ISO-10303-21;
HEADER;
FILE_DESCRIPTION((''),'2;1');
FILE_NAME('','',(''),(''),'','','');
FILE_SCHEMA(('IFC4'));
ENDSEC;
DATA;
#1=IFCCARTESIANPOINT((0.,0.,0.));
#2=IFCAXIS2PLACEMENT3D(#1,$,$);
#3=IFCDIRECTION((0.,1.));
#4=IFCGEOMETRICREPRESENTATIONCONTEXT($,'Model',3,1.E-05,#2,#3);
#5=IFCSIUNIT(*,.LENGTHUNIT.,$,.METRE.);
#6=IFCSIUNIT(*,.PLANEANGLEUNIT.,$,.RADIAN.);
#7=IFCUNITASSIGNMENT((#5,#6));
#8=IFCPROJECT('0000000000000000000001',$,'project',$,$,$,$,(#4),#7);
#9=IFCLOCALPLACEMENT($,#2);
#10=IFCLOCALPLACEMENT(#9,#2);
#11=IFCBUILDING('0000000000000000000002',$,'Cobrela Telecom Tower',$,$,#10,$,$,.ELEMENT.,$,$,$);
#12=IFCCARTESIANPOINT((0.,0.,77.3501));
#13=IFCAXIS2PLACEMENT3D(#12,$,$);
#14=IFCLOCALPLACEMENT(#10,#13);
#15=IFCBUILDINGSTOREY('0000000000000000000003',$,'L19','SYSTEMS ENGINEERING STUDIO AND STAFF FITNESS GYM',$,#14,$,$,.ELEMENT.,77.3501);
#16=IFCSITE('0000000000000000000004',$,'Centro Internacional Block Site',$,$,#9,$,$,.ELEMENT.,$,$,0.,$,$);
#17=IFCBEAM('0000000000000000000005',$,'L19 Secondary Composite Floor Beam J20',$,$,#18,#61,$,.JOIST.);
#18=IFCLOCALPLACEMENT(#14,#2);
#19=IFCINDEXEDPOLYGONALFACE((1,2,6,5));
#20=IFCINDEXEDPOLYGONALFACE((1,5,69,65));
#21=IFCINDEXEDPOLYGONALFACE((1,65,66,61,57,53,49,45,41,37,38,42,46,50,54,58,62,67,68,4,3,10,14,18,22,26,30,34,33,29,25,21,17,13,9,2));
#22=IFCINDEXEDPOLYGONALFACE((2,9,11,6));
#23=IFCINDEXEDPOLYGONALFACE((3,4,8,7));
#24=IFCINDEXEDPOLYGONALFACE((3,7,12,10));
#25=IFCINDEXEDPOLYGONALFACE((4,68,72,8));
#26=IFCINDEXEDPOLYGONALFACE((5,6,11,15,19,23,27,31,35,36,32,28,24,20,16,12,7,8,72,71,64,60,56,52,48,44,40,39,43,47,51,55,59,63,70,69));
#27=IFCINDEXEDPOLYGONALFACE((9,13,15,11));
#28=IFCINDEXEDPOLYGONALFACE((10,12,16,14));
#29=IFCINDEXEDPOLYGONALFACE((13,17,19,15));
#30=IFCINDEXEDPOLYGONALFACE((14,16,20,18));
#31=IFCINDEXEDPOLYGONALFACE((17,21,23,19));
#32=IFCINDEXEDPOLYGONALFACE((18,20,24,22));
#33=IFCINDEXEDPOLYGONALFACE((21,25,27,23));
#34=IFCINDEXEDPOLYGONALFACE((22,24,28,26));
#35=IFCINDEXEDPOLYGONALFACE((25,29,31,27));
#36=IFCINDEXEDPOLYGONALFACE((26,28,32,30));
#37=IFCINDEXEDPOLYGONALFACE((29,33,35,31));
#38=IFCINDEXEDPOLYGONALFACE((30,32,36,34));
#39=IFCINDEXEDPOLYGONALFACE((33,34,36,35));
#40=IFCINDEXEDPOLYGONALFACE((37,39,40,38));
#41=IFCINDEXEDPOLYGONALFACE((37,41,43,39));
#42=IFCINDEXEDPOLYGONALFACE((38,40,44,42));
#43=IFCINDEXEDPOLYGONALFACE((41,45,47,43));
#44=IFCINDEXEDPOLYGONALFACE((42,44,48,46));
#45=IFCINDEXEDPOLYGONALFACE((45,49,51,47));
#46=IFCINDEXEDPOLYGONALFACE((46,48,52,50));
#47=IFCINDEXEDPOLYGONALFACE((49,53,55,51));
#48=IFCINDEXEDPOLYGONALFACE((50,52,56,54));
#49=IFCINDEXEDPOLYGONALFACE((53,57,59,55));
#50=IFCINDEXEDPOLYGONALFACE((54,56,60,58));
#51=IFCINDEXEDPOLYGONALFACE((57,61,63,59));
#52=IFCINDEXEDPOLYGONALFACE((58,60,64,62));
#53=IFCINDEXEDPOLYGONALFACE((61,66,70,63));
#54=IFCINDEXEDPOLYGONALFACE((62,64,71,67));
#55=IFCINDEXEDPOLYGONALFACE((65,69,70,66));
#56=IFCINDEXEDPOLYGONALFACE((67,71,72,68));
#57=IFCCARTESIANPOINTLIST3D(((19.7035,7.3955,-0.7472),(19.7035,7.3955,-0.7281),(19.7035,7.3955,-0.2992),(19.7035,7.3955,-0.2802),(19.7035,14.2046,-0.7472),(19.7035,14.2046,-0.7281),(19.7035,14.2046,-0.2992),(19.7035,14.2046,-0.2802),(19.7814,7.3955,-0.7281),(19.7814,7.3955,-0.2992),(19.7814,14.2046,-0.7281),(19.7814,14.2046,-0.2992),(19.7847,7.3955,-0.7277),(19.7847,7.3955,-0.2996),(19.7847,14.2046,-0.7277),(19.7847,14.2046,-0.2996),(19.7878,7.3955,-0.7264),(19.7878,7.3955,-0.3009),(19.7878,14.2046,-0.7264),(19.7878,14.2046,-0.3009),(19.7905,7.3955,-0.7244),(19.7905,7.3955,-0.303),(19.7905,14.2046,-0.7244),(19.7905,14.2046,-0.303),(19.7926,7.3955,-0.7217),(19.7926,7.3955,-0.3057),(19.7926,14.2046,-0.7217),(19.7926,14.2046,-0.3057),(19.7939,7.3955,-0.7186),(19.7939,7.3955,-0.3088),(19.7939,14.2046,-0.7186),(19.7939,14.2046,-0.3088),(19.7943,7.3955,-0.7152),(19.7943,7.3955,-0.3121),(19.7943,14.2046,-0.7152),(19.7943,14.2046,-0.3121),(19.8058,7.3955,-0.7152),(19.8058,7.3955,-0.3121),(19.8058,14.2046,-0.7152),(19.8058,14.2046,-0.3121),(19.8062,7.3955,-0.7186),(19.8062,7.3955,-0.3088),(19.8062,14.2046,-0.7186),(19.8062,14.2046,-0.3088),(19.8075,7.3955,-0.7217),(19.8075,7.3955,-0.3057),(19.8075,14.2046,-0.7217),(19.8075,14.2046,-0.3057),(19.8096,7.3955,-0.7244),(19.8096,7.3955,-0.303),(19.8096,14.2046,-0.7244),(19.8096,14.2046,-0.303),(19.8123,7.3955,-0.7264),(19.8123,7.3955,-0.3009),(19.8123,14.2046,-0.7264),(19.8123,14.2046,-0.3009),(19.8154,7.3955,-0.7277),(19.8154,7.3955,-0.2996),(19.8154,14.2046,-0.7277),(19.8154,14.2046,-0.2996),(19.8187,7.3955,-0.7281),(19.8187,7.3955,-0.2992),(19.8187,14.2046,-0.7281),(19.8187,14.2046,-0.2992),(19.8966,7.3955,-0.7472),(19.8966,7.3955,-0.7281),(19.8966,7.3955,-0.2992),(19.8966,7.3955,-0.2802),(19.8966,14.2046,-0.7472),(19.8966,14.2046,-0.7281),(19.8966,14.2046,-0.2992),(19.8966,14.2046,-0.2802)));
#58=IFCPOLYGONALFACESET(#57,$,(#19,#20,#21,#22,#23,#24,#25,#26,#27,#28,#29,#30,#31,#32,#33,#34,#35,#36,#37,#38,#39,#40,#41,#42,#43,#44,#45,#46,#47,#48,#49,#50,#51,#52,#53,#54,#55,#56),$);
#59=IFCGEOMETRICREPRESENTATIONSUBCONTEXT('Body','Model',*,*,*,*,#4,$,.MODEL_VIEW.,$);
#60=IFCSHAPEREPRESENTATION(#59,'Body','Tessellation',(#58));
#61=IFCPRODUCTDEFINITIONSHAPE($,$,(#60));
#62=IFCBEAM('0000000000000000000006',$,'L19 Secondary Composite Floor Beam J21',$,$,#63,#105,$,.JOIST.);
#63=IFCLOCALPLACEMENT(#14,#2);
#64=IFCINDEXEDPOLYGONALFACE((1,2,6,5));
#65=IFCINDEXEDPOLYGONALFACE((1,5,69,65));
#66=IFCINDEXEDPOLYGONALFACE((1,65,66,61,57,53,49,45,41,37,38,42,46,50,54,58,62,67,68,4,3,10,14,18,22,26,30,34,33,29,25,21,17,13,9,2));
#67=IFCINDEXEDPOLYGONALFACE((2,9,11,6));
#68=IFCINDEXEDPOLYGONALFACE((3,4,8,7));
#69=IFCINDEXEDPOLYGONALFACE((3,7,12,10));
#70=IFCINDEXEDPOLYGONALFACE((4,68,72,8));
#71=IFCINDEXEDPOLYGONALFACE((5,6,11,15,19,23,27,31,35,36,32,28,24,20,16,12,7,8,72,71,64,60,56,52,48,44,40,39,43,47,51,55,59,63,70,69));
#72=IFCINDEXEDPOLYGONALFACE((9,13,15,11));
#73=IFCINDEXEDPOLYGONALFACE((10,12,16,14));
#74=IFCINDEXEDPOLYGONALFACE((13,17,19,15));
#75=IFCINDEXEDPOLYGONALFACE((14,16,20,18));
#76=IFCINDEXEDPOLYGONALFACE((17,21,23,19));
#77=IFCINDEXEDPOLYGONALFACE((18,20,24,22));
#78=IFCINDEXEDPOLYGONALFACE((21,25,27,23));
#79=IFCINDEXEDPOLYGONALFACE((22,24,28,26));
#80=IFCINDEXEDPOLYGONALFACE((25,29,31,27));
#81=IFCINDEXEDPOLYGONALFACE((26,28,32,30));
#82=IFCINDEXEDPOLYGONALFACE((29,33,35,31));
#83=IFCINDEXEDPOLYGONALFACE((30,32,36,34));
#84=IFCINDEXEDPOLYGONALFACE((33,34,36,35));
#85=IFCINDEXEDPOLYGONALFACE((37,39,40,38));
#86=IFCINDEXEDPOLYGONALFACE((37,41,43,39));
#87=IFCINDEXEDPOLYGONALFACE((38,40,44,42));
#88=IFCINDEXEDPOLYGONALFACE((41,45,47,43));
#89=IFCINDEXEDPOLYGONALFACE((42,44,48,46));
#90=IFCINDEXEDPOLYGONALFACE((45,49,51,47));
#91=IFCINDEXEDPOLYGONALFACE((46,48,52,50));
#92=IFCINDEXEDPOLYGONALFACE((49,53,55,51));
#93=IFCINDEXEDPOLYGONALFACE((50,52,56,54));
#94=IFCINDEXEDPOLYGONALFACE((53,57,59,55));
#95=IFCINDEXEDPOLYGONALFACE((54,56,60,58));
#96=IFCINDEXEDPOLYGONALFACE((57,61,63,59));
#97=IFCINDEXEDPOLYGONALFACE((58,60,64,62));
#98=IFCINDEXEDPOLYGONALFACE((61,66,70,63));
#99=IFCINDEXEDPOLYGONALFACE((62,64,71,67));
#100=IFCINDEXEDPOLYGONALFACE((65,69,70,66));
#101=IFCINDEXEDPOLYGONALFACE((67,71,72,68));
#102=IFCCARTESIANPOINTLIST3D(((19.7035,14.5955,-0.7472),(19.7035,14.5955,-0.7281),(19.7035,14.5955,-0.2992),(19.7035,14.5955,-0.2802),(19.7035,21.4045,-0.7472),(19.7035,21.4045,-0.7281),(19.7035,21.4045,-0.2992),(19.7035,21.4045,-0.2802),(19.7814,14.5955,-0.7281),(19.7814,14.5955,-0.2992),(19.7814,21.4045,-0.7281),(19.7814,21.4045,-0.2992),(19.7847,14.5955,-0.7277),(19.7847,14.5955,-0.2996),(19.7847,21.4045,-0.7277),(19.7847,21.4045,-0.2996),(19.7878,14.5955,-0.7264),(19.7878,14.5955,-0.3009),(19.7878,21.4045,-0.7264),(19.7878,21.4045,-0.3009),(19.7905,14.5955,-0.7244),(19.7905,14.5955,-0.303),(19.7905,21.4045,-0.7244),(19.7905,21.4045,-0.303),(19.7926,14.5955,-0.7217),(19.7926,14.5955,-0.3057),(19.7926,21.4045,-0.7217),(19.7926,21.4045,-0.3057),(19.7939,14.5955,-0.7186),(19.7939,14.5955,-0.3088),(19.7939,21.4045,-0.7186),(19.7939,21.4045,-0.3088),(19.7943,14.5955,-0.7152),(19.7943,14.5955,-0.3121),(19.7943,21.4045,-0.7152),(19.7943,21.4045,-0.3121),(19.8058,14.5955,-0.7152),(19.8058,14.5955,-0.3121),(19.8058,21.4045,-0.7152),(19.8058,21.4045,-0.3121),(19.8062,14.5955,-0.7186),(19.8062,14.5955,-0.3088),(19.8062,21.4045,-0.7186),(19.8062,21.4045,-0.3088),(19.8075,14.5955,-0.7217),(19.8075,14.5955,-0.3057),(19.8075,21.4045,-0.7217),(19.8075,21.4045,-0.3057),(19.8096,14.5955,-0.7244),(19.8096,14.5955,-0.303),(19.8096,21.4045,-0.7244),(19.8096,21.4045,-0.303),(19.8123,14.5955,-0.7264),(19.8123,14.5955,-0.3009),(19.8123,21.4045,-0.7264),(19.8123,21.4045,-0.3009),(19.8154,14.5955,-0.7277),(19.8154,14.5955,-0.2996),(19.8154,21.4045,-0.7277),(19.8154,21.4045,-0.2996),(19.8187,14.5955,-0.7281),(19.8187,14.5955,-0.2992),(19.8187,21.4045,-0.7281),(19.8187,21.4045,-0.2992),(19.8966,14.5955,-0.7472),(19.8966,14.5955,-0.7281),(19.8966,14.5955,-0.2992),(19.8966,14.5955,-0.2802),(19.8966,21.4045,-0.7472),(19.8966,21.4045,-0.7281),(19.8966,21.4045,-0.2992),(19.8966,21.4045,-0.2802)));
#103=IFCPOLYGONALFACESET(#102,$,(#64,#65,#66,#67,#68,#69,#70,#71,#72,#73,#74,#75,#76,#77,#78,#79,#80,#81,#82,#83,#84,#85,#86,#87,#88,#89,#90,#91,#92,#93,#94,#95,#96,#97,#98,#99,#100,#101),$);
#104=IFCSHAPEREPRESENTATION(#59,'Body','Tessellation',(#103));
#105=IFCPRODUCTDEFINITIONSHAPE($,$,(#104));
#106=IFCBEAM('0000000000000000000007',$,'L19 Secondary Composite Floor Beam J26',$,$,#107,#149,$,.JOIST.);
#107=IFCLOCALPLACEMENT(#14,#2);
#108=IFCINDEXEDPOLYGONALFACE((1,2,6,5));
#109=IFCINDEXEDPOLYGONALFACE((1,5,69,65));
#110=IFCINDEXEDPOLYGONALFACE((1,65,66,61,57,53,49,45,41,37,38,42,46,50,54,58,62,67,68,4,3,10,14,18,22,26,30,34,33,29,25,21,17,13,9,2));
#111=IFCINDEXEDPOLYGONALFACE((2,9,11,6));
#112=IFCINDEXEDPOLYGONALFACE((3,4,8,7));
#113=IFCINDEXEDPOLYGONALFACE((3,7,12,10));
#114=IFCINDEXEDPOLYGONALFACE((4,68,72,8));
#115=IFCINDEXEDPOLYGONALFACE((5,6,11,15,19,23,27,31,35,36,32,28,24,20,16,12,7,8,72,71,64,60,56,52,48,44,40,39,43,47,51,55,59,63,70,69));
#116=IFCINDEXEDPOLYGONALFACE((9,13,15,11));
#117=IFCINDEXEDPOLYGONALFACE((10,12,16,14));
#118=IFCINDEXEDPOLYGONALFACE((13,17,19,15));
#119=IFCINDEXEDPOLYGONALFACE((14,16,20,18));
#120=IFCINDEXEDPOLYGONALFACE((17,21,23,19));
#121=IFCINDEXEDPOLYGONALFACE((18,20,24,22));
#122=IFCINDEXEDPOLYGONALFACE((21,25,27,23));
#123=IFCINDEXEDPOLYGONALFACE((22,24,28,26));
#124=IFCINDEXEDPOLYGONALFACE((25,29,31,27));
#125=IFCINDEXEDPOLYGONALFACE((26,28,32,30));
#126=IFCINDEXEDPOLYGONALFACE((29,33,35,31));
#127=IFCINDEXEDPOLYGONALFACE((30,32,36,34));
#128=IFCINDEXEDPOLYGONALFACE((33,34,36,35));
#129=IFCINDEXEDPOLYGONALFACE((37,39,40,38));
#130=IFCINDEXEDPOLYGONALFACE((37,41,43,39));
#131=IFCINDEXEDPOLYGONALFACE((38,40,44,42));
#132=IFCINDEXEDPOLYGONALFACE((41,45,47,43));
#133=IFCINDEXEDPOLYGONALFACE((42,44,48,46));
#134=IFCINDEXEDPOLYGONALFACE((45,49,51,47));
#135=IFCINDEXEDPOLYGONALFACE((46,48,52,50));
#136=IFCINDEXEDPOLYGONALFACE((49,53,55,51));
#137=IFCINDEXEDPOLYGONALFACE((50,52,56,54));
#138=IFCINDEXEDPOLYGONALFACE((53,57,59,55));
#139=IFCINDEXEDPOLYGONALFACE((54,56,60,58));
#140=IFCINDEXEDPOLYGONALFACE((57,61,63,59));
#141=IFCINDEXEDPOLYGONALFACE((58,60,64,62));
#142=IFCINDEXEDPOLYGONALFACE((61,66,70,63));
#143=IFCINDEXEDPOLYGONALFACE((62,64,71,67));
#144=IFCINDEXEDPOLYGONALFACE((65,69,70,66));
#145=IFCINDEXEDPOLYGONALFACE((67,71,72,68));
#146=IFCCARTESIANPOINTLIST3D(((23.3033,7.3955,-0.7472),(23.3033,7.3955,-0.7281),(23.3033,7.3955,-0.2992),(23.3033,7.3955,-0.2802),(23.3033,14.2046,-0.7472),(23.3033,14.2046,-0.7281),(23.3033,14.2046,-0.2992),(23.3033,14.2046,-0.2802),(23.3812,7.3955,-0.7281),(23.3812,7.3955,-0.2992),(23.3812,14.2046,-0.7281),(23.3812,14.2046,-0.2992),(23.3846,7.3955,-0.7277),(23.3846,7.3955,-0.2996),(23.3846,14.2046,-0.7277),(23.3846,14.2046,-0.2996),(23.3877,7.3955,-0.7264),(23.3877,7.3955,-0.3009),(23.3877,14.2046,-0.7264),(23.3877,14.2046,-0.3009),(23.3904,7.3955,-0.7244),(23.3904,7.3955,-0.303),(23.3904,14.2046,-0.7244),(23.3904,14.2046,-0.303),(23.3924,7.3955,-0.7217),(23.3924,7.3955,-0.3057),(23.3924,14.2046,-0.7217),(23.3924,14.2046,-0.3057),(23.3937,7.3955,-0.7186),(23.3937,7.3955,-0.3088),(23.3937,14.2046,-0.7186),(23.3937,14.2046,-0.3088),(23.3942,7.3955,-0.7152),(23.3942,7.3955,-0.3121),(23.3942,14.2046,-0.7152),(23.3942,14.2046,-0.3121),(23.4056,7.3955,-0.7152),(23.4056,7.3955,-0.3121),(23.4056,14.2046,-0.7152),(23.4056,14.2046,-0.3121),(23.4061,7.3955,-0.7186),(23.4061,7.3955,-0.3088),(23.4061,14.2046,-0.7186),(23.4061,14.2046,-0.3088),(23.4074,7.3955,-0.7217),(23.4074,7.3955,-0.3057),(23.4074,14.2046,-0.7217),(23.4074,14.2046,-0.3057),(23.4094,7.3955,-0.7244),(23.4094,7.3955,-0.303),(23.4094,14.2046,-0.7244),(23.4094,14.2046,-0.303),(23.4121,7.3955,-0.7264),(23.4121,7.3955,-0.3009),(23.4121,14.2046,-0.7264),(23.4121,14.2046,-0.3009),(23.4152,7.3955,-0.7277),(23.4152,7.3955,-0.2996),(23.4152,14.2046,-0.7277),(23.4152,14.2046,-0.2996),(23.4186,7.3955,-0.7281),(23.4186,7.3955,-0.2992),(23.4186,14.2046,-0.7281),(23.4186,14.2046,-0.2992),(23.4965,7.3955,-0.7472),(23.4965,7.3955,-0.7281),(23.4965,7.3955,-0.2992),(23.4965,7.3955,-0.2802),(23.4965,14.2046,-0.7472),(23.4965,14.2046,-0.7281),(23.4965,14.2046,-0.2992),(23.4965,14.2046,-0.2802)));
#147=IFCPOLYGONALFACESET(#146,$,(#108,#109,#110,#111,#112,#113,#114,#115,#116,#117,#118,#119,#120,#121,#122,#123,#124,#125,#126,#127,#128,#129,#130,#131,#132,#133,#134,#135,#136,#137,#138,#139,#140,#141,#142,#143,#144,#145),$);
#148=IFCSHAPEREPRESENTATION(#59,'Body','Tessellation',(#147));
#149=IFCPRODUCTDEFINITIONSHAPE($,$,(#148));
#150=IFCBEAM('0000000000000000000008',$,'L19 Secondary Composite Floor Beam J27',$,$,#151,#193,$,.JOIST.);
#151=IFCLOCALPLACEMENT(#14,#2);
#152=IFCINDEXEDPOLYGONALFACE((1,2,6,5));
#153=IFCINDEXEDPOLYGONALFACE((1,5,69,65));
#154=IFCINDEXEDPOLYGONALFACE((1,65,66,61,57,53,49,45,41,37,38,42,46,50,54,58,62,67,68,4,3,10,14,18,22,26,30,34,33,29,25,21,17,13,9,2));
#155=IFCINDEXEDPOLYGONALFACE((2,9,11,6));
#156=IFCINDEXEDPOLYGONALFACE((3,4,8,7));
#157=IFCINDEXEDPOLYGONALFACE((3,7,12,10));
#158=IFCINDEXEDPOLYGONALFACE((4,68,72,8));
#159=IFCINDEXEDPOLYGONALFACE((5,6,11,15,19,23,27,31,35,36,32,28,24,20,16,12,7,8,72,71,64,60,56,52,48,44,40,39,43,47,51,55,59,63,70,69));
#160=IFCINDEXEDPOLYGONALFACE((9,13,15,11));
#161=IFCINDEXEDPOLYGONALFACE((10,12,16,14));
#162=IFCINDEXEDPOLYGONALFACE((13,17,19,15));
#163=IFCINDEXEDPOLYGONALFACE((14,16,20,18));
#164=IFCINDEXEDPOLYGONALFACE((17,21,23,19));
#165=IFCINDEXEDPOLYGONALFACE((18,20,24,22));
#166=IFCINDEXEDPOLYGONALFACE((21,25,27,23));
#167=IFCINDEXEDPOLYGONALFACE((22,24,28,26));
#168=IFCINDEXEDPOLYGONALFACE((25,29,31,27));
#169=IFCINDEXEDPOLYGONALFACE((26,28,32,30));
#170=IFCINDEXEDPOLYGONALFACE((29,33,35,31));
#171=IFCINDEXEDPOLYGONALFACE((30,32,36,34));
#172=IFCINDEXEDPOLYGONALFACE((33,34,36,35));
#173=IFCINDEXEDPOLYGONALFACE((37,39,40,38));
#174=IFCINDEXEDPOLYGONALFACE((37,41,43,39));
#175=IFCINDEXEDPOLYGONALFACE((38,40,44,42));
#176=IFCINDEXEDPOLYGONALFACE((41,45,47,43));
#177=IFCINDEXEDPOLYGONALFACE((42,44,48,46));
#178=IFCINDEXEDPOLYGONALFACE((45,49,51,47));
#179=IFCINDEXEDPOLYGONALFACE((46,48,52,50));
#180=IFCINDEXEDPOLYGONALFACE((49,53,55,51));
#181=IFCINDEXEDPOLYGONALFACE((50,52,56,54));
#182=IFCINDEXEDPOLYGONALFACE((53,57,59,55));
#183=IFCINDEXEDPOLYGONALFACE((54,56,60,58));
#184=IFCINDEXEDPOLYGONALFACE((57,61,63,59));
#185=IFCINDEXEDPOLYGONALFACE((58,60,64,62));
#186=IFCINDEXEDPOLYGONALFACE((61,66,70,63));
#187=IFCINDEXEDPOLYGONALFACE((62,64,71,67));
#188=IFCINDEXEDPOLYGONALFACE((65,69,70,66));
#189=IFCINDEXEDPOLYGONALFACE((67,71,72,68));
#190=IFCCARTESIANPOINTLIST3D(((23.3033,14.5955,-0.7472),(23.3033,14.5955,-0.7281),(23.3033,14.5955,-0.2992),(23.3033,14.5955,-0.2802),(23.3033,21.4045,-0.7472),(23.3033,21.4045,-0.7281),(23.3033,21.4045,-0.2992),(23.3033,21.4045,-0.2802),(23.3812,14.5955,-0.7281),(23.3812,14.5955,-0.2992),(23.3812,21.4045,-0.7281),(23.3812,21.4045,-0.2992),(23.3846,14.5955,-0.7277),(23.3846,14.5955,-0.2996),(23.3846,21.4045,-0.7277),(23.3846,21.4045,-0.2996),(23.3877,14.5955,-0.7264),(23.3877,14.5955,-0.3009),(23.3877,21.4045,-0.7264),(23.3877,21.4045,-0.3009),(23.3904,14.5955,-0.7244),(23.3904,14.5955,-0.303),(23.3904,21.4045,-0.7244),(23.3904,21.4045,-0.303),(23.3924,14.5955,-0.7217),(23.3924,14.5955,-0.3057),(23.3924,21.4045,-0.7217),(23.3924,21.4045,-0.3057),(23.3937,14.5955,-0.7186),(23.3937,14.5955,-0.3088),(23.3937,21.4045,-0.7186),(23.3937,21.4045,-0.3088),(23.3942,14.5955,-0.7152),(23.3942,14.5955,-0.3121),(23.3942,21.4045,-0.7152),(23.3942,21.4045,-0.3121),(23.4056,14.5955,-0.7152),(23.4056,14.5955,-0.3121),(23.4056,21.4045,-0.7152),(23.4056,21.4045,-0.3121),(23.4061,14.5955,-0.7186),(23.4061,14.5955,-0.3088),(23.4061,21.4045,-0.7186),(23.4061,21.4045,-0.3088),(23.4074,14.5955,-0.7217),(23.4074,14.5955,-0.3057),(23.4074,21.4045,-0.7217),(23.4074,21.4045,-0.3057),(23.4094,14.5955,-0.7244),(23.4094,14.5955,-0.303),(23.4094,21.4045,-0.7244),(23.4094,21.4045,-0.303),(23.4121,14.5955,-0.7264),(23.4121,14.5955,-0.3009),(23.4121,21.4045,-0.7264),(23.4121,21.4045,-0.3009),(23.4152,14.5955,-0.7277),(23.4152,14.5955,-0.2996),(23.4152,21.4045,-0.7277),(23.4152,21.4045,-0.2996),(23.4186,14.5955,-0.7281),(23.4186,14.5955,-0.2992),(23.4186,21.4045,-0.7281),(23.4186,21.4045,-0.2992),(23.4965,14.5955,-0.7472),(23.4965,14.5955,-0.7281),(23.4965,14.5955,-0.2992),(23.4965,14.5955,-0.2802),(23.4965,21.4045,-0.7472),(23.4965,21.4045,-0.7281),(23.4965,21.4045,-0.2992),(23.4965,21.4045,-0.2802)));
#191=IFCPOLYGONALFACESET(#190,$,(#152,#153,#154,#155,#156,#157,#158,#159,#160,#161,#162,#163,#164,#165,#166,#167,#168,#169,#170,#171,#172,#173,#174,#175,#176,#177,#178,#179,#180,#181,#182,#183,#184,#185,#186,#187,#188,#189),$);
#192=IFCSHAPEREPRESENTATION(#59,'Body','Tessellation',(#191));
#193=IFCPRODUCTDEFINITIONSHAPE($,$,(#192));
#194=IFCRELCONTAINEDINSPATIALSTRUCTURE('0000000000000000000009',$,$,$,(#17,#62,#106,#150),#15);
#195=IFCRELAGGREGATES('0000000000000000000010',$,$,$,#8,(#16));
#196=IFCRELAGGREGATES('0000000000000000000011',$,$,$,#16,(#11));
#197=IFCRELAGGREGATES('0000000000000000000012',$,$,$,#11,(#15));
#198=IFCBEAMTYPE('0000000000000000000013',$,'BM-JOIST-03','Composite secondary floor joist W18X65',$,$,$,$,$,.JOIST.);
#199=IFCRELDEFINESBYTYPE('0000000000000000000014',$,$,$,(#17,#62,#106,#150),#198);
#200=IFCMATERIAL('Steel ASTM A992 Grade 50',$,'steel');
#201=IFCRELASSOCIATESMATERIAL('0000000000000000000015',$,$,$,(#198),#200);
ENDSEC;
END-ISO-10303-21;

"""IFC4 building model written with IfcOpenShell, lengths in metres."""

from ifc_helpers import new_model, si_unit, direction, frame, origin, origin_2d, place, context, subcontext, project, spatial, i_section, extrude, material, material_profile, profile_set, type_object, element, save


model = new_model("IFC4")

# Units and contexts
model_context = context("Model", 3, precision=1e-05, world=origin(), true_north=direction((0.0, 1.0)))
body_context = subcontext(model_context, "Body", "Model", "MODEL_VIEW")
ifc_project = project(units=[si_unit("LENGTHUNIT", "METRE"), si_unit("PLANEANGLEUNIT", "RADIAN")], contexts=[model_context])

# Site, building, storey
site_placement = place(None, origin())
site = spatial("IfcSite", under=ifc_project, at=site_placement, Name="Centro Internacional Block Site", CompositionType="ELEMENT", RefElevation=0.0)
building_placement = place(site_placement, origin())
building = spatial("IfcBuilding", under=site, at=building_placement, Name="Cobrela Telecom Tower", CompositionType="ELEMENT")
storey_placement = place(building_placement, frame((0.0, 0.0, 77.3501)))
storey = spatial("IfcBuildingStorey", under=building, at=storey_placement, Name="L19", Description="SYSTEMS ENGINEERING STUDIO AND STAFF FITNESS GYM", CompositionType="ELEMENT", Elevation=77.3501)

# Shared definitions
ifc_material = material(Name="Steel ASTM A992 Grade 50", Category="steel")

# Beams
ifc_material_profile_1 = material_profile(ifc_material, i_section(OverallWidth=0.1931, OverallDepth=0.467, WebThickness=0.0115, FlangeThickness=0.019, FilletRadius=0.0129, at=origin_2d()), Name="W18X65")
ifc_profile_set_1 = profile_set([ifc_material_profile_1], Name="Steel ASTM A992 Grade 50")
beam_type_1 = type_object("IfcBeamType", Name="BM-JOIST-03", Description="Composite secondary floor joist W18X65", PredefinedType="JOIST", material=ifc_profile_set_1)
for number, where, z_axis, x_axis, name in (
    (1, (19.8, 7.3955, -0.5137), (0.0, 1.0, 0.0), (-1.0, 0.0, 0.0), "L19 Secondary Composite Floor Beam J20"),
    (2, (19.8, 14.5955, -0.5137), (0.0, 1.0, 0.0), (-1.0, 0.0, 0.0), "L19 Secondary Composite Floor Beam J21"),
    (3, (23.3999, 7.3955, -0.5137), (0.0, 1.0, 0.0), (-1.0, 0.0, 0.0), "L19 Secondary Composite Floor Beam J26"),
    (4, (23.3999, 14.5955, -0.5137), (0.0, 1.0, 0.0), (-1.0, 0.0, 0.0), "L19 Secondary Composite Floor Beam J27"),
):
    element("IfcBeam", number, at=place(storey_placement, frame(where, z_axis=z_axis, x_axis=x_axis)), inside=storey, type_object=beam_type_1, Name=name, PredefinedType="JOIST", context=body_context, shape_type="SweptSolid", body=[
        extrude(i_section(OverallWidth=0.1931, OverallDepth=0.467, WebThickness=0.0115, FlangeThickness=0.019, FilletRadius=0.0129, at=origin_2d()), origin(), (0.0, 0.0, 1.0), 6.8091),
    ])

save(model, "model.ifc")
